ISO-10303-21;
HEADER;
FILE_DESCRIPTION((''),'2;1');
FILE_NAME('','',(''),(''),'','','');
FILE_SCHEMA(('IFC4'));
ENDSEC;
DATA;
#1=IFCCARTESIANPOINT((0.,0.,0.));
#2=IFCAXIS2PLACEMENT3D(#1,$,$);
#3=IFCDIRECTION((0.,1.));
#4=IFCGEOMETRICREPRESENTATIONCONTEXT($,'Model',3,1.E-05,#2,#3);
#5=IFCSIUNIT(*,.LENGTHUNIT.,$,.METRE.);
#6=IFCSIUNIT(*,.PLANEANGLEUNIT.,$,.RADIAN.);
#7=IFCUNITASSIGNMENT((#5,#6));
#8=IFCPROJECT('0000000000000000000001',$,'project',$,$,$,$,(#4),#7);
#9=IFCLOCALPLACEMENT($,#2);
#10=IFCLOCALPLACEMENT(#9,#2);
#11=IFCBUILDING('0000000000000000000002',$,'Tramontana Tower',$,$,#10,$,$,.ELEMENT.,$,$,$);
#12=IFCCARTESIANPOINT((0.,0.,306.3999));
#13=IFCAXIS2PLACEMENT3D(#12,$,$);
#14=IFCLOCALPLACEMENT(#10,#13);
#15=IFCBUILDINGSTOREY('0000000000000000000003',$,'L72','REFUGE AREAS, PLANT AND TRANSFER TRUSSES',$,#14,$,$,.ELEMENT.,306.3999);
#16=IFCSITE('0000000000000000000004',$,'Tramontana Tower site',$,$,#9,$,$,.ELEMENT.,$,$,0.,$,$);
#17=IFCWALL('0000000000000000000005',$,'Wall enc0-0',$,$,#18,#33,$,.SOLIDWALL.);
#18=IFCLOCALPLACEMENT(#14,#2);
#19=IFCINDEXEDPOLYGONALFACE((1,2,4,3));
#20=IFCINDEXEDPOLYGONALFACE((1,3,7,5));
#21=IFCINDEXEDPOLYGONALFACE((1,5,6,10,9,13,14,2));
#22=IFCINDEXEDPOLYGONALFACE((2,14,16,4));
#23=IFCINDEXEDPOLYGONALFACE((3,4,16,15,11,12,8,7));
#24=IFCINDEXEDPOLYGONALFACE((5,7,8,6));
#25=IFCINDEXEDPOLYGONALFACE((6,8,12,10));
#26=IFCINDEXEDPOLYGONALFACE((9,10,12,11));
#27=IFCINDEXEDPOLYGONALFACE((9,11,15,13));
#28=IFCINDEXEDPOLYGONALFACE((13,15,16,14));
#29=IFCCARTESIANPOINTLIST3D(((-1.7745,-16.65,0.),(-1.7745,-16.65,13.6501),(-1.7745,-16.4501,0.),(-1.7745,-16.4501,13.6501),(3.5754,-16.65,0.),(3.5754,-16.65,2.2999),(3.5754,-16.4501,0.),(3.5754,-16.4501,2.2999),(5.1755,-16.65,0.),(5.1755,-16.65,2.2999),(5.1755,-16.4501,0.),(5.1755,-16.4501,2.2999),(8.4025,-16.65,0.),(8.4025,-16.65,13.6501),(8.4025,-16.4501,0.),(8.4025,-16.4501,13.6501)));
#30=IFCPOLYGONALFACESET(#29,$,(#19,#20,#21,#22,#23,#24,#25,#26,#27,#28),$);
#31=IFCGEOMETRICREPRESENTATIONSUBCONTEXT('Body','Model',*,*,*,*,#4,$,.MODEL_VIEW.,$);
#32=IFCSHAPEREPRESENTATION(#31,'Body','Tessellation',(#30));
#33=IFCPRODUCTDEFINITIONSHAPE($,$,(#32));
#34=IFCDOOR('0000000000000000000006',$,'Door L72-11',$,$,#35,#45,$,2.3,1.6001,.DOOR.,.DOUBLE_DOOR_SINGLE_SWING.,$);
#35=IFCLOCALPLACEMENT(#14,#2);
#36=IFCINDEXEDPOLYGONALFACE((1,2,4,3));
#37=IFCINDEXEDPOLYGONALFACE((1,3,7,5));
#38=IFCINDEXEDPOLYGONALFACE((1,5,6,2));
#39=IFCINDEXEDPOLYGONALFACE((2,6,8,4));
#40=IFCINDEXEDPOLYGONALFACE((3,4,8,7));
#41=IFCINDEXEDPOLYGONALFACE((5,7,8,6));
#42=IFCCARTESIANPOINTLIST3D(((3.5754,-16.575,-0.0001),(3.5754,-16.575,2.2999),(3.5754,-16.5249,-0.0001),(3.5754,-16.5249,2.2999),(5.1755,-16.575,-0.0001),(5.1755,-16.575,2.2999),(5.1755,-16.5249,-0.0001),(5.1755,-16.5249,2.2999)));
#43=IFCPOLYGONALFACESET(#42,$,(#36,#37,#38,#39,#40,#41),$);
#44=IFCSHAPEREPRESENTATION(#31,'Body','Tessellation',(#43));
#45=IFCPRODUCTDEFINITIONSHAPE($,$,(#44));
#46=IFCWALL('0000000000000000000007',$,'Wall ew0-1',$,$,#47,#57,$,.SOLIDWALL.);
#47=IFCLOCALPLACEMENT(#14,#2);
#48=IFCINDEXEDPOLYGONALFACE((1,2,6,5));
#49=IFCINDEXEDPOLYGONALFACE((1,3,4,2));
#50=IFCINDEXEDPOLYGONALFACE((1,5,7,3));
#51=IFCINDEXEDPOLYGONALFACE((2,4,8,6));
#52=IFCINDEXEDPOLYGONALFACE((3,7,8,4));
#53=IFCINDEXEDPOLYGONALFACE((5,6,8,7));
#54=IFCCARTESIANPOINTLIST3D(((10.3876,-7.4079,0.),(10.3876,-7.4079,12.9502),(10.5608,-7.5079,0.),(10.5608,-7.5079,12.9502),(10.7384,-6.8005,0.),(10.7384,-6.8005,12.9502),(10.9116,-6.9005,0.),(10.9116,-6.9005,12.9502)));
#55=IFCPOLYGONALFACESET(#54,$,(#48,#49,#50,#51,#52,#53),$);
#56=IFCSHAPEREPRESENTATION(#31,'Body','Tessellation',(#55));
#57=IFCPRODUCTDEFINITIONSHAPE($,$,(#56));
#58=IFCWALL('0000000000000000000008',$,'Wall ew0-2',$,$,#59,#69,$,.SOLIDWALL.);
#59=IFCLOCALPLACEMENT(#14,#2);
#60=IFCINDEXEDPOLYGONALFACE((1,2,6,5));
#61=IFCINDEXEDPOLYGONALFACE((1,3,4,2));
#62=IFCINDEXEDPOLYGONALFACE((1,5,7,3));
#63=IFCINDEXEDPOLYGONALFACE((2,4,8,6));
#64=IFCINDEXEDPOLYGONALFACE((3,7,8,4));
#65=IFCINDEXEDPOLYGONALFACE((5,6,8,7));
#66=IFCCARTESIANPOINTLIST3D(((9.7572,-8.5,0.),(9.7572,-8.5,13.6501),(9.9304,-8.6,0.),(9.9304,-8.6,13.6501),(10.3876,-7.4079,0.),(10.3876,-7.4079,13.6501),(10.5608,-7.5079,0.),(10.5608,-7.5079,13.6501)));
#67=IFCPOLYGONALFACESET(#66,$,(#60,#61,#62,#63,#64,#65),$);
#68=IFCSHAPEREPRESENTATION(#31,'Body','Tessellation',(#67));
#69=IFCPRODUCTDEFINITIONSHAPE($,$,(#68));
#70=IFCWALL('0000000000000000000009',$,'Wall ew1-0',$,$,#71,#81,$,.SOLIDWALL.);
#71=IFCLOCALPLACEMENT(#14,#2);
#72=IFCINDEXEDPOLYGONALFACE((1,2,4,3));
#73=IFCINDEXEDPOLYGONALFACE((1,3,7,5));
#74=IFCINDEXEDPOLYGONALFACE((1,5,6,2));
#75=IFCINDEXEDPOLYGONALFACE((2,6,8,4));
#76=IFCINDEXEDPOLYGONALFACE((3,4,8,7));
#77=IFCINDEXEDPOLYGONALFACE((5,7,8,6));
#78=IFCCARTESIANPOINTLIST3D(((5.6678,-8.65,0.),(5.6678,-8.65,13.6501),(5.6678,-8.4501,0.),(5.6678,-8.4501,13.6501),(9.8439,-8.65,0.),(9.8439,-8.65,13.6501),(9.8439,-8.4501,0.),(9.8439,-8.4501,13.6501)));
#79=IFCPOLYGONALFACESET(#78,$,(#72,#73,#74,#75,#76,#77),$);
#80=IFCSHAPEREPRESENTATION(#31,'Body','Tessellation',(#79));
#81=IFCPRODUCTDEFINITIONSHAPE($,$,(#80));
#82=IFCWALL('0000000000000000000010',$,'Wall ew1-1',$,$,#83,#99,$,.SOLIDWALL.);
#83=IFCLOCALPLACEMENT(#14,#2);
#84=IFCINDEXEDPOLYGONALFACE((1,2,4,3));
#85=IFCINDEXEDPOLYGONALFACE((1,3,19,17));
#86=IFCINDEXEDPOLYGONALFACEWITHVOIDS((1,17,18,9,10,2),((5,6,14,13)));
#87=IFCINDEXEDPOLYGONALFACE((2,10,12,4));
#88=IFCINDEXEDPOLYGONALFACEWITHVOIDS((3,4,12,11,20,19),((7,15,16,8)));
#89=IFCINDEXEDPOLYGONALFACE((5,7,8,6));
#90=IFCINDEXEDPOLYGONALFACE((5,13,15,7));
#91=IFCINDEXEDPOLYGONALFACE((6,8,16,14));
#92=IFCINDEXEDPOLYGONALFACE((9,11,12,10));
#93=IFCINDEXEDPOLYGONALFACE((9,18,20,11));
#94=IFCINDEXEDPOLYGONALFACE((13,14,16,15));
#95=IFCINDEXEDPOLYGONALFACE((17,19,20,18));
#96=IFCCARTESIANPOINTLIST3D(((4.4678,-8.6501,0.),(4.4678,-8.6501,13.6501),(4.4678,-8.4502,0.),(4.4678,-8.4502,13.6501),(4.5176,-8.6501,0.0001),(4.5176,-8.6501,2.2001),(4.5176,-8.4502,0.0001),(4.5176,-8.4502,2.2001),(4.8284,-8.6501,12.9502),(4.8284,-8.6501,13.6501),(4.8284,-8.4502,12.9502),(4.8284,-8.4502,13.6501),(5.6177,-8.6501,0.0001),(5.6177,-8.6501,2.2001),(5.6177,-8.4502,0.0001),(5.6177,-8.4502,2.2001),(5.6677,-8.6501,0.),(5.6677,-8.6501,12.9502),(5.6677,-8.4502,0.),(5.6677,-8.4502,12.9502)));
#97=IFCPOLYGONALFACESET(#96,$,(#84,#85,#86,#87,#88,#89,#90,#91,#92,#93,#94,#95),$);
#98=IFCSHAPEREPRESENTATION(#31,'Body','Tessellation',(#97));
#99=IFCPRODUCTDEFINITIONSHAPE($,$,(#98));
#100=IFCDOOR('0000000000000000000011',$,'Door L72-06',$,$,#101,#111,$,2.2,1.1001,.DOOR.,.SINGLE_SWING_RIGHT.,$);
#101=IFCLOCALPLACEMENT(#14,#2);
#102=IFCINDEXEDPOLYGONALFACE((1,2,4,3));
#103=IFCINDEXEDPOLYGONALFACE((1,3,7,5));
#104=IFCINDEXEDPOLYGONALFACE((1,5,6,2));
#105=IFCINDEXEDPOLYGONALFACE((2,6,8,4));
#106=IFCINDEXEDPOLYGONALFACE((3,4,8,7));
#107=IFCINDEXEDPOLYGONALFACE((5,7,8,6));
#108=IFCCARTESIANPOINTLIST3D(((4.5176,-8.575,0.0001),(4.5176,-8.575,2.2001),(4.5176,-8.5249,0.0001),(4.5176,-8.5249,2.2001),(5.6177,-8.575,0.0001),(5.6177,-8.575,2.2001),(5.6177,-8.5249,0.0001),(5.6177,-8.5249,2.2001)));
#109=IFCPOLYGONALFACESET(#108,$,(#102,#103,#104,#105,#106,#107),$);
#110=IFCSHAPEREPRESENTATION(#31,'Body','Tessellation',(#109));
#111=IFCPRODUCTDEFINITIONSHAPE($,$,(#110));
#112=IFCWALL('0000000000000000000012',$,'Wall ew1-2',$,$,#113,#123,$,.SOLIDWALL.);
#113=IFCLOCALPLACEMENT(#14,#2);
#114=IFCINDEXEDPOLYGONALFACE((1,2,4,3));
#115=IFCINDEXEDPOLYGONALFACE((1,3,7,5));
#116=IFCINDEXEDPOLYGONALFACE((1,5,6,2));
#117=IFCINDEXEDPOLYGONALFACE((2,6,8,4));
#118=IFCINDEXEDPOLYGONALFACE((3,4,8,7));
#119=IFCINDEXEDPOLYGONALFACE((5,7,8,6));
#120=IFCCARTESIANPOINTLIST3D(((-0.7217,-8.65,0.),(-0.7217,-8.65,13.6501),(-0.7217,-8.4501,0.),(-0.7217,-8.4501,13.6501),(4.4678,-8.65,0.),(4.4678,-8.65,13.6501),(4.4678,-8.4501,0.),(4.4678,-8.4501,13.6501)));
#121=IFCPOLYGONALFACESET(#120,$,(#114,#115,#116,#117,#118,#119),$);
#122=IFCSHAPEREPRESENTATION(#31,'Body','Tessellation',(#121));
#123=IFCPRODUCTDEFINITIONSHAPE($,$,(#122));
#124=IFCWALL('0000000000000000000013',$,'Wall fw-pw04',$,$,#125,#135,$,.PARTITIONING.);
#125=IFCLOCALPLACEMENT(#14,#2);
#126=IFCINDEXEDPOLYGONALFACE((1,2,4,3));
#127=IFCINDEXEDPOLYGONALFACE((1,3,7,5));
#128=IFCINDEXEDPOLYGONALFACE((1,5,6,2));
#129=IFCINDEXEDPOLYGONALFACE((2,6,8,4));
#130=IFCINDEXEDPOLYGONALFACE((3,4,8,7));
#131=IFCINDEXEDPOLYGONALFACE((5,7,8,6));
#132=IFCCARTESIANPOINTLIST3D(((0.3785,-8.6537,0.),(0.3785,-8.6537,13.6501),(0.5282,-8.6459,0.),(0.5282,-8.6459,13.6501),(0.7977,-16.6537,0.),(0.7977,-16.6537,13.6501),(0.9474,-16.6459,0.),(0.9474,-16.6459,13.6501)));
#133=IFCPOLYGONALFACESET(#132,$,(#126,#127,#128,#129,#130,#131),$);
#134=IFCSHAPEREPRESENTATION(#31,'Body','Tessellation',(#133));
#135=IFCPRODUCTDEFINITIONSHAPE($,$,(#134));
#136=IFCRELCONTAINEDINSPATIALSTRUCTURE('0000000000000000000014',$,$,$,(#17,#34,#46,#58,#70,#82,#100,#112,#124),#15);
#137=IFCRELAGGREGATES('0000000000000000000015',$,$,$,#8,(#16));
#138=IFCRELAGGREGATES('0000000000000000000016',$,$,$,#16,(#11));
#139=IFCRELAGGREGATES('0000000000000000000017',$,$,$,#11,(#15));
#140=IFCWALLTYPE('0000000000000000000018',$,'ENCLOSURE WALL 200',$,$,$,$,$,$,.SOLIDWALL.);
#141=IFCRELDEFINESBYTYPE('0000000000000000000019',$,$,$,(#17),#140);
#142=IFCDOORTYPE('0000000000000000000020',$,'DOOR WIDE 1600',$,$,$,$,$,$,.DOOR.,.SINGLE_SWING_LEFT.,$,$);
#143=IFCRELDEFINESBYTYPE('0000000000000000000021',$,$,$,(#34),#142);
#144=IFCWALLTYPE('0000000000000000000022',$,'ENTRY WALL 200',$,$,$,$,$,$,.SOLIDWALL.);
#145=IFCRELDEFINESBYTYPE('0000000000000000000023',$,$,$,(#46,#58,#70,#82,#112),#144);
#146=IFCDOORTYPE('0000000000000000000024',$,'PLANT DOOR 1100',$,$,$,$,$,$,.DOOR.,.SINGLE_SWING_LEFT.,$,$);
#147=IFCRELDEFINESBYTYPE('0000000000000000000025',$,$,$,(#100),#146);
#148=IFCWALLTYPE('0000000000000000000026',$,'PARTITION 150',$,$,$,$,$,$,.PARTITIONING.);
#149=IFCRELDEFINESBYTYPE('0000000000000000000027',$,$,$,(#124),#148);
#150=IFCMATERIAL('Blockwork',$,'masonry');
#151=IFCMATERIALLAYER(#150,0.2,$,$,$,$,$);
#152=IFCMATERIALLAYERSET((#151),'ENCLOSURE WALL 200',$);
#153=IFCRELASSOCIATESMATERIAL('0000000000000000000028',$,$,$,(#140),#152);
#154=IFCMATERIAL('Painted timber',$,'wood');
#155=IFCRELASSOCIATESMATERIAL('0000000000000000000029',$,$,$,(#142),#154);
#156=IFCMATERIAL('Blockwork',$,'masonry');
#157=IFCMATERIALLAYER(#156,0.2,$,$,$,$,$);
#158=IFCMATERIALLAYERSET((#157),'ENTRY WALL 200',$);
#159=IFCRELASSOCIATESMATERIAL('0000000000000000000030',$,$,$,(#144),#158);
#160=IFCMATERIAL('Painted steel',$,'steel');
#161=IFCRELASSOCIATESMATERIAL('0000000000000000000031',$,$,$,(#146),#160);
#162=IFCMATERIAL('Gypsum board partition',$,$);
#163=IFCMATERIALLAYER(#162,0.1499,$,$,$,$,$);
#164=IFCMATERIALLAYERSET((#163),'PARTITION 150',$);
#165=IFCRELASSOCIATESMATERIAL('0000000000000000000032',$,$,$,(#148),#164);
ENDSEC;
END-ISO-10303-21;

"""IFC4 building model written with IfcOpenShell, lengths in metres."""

from ifc_helpers import new_model, si_unit, direction, frame, frame_2d, origin, place, context, subcontext, project, spatial, polyline, rectangle, outline, extrude, material, layer, layer_set, type_object, element, fill, save


model = new_model("IFC4")

# Units and contexts
model_context = context("Model", 3, precision=1e-05, world=origin(), true_north=direction((0.0, 1.0)))
body_context = subcontext(model_context, "Body", "Model", "MODEL_VIEW")
ifc_project = project(units=[si_unit("LENGTHUNIT", "METRE"), si_unit("PLANEANGLEUNIT", "RADIAN")], contexts=[model_context])

# Site, building, storey
site_placement = place(None, origin())
site = spatial("IfcSite", under=ifc_project, at=site_placement, Name="Tramontana Tower site", CompositionType="ELEMENT", RefElevation=0.0)
building_placement = place(site_placement, origin())
building = spatial("IfcBuilding", under=site, at=building_placement, Name="Tramontana Tower", CompositionType="ELEMENT")
storey_placement = place(building_placement, frame((0.0, 0.0, 306.3999)))
storey = spatial("IfcBuildingStorey", under=building, at=storey_placement, Name="L72", Description="REFUGE AREAS, PLANT AND TRANSFER TRUSSES", CompositionType="ELEMENT", Elevation=306.3999)

# Wall, opening, door
ifc_material_1 = material(Name="Blockwork", Category="masonry")
ifc_layer_1 = layer(ifc_material_1, 0.2)
ifc_layer_set_1 = layer_set([ifc_layer_1], Name="ENCLOSURE WALL 200")
wall_type_1 = type_object("IfcWallType", Name="ENCLOSURE WALL 200", PredefinedType="SOLIDWALL", material=ifc_layer_set_1)
wall_1_placement = place(storey_placement, frame((8.4023, -16.55, 0.0), z_axis=(0.0, 0.0, 1.0), x_axis=(-1.0, 0.0, 0.0)))
wall_1 = element("IfcWall", 1, at=wall_1_placement, inside=storey, type_object=wall_type_1, Name="Wall enc0-0", PredefinedType="SOLIDWALL", context=body_context, shape_type="SweptSolid", body=[
    extrude(rectangle(XDim=10.177, YDim=0.2, at=frame_2d((5.0884, 0.0))), origin(), (0.0, 0.0, 1.0), 13.6501),
])
opening_1_placement = place(wall_1_placement, frame((3.2268, 0.0, 0.0)))
opening_1 = element("IfcOpeningElement", 2, at=opening_1_placement, cuts=wall_1, PredefinedType="OPENING", context=body_context, shape_type="SweptSolid", body=[
    extrude(rectangle(XDim=1.6001, YDim=2.3, at=frame_2d((0.8, 1.1499))), frame((0.0, 0.1099, 0.0), z_axis=(0.0, -1.0, 0.0), x_axis=(1.0, 0.0, 0.0)), (0.0, 0.0, 1.0), 0.22),
])
ifc_material_2 = material(Name="Painted timber", Category="wood")
door_type_1 = type_object("IfcDoorType", Name="DOOR WIDE 1600", OperationType="SINGLE_SWING_LEFT", PredefinedType="DOOR", material=ifc_material_2)
door_1_placement = place(opening_1_placement, origin())
door_1 = element("IfcDoor", 3, at=door_1_placement, inside=storey, type_object=door_type_1, Name="Door L72-11", OperationType="DOUBLE_DOOR_SINGLE_SWING", OverallHeight=2.3, OverallWidth=1.6001, PredefinedType="DOOR", context=body_context, shape_type="SweptSolid", body=[
    extrude(rectangle(XDim=1.6001, YDim=2.3, at=frame_2d((0.8, 1.1499))), frame((0.0, 0.0249, 0.0), z_axis=(0.0, -1.0, 0.0), x_axis=(1.0, 0.0, 0.0)), (0.0, 0.0, 1.0), 0.05),
])
fill(opening_1, door_1)

# Walls
ifc_material_3 = material(Name="Blockwork", Category="masonry")
ifc_layer_2 = layer(ifc_material_3, 0.2)
ifc_layer_set_2 = layer_set([ifc_layer_2], Name="ENTRY WALL 200")
wall_type_2 = type_object("IfcWallType", Name="ENTRY WALL 200", PredefinedType="SOLIDWALL", material=ifc_layer_set_2)
wall_2_placement = place(storey_placement, frame((10.825, -6.8506, 0.0), z_axis=(0.0, 0.0, 1.0), x_axis=(-0.500144, -0.865942, 0.0)))
element("IfcWall", 4, at=wall_2_placement, inside=storey, type_object=wall_type_2, Name="Wall ew0-1", PredefinedType="SOLIDWALL", context=body_context, shape_type="SweptSolid", body=[
    extrude(rectangle(XDim=0.7014, YDim=0.2, at=frame_2d((0.3506, 0.0))), origin(), (0.0, 0.0, 1.0), 12.9502),
])
wall_3_placement = place(storey_placement, frame((10.4741, -7.458, 0.0), z_axis=(0.0, 0.0, 1.0), x_axis=(-0.499929, -0.866066, 0.0)))
element("IfcWall", 5, at=wall_3_placement, inside=storey, type_object=wall_type_2, Name="Wall ew0-2", PredefinedType="SOLIDWALL", context=body_context, shape_type="SweptSolid", body=[
    extrude(rectangle(XDim=1.261, YDim=0.2, at=frame_2d((0.6304, 0.0))), origin(), (0.0, 0.0, 1.0), 13.6501),
])
wall_4_placement = place(storey_placement, frame((9.8438, -8.55, 0.0), z_axis=(0.0, 0.0, 1.0), x_axis=(-1.0, 0.0, 0.0)))
element("IfcWall", 6, at=wall_4_placement, inside=storey, type_object=wall_type_2, Name="Wall ew1-0", PredefinedType="SOLIDWALL", context=body_context, shape_type="SweptSolid", body=[
    extrude(rectangle(XDim=4.176, YDim=0.2, at=frame_2d((2.0879, 0.0))), origin(), (0.0, 0.0, 1.0), 13.6501),
])

# Wall, opening, door
wall_5_placement = place(storey_placement, frame((5.6677, -8.55, 0.0), z_axis=(0.0, 0.0, 1.0), x_axis=(-1.0, 0.0, 0.0)))
wall_5 = element("IfcWall", 7, at=wall_5_placement, inside=storey, type_object=wall_type_2, Name="Wall ew1-1", PredefinedType="SOLIDWALL", context=body_context, shape_type="SweptSolid", body=[
    extrude(outline(polyline([(0.0, 0.0), (1.2, 0.0), (1.2, 13.6501), (0.8394, 13.6501), (0.8394, 12.9502), (0.0, 12.9502), (0.0, 0.0)])), frame((0.0, 0.1001, 0.0), z_axis=(0.0, -1.0, 0.0), x_axis=(1.0, 0.0, 0.0)), (0.0, 0.0, 1.0), 0.2),
])
opening_2_placement = place(wall_5_placement, frame((0.05, 0.0, 0.0)))
opening_2 = element("IfcOpeningElement", 8, at=opening_2_placement, cuts=wall_5, PredefinedType="OPENING", context=body_context, shape_type="SweptSolid", body=[
    extrude(rectangle(XDim=1.1001, YDim=2.2, at=frame_2d((0.55, 1.1001))), frame((0.0, 0.1099, 0.0), z_axis=(0.0, -1.0, 0.0), x_axis=(1.0, 0.0, 0.0)), (0.0, 0.0, 1.0), 0.22),
])
ifc_material_4 = material(Name="Painted steel", Category="steel")
door_type_2 = type_object("IfcDoorType", Name="PLANT DOOR 1100", OperationType="SINGLE_SWING_LEFT", PredefinedType="DOOR", material=ifc_material_4)
door_2_placement = place(opening_2_placement, origin())
door_2 = element("IfcDoor", 9, at=door_2_placement, inside=storey, type_object=door_type_2, Name="Door L72-06", OperationType="SINGLE_SWING_RIGHT", OverallHeight=2.2, OverallWidth=1.1001, PredefinedType="DOOR", context=body_context, shape_type="SweptSolid", body=[
    extrude(rectangle(XDim=1.1001, YDim=2.2, at=frame_2d((0.55, 1.1001))), frame((0.0, 0.0249, 0.0), z_axis=(0.0, -1.0, 0.0), x_axis=(1.0, 0.0, 0.0)), (0.0, 0.0, 1.0), 0.05),
])
fill(opening_2, door_2)

# Walls
wall_6_placement = place(storey_placement, frame((4.4678, -8.55, 0.0), z_axis=(0.0, 0.0, 1.0), x_axis=(-1.0, 0.0, 0.0)))
element("IfcWall", 10, at=wall_6_placement, inside=storey, type_object=wall_type_2, Name="Wall ew1-2", PredefinedType="SOLIDWALL", context=body_context, shape_type="SweptSolid", body=[
    extrude(rectangle(XDim=5.1895, YDim=0.2, at=frame_2d((2.5947, 0.0))), origin(), (0.0, 0.0, 1.0), 13.6501),
])
ifc_material_5 = material(Name="Gypsum board partition")
ifc_layer_3 = layer(ifc_material_5, 0.1499)
ifc_layer_set_3 = layer_set([ifc_layer_3], Name="PARTITION 150")
wall_type_3 = type_object("IfcWallType", Name="PARTITION 150", PredefinedType="PARTITIONING", material=ifc_layer_set_3)
wall_7_placement = place(storey_placement, frame((0.4534, -8.6499, 0.0), z_axis=(0.0, 0.0, 1.0), x_axis=(0.052327, -0.99863, 0.0)))
element("IfcWall", 11, at=wall_7_placement, inside=storey, type_object=wall_type_3, Name="Wall fw-pw04", PredefinedType="PARTITIONING", context=body_context, shape_type="SweptSolid", body=[
    extrude(rectangle(XDim=8.011, YDim=0.1499, at=frame_2d((4.0054, 0.0))), origin(), (0.0, 0.0, 1.0), 13.6501),
])

save(model, "model.ifc")
